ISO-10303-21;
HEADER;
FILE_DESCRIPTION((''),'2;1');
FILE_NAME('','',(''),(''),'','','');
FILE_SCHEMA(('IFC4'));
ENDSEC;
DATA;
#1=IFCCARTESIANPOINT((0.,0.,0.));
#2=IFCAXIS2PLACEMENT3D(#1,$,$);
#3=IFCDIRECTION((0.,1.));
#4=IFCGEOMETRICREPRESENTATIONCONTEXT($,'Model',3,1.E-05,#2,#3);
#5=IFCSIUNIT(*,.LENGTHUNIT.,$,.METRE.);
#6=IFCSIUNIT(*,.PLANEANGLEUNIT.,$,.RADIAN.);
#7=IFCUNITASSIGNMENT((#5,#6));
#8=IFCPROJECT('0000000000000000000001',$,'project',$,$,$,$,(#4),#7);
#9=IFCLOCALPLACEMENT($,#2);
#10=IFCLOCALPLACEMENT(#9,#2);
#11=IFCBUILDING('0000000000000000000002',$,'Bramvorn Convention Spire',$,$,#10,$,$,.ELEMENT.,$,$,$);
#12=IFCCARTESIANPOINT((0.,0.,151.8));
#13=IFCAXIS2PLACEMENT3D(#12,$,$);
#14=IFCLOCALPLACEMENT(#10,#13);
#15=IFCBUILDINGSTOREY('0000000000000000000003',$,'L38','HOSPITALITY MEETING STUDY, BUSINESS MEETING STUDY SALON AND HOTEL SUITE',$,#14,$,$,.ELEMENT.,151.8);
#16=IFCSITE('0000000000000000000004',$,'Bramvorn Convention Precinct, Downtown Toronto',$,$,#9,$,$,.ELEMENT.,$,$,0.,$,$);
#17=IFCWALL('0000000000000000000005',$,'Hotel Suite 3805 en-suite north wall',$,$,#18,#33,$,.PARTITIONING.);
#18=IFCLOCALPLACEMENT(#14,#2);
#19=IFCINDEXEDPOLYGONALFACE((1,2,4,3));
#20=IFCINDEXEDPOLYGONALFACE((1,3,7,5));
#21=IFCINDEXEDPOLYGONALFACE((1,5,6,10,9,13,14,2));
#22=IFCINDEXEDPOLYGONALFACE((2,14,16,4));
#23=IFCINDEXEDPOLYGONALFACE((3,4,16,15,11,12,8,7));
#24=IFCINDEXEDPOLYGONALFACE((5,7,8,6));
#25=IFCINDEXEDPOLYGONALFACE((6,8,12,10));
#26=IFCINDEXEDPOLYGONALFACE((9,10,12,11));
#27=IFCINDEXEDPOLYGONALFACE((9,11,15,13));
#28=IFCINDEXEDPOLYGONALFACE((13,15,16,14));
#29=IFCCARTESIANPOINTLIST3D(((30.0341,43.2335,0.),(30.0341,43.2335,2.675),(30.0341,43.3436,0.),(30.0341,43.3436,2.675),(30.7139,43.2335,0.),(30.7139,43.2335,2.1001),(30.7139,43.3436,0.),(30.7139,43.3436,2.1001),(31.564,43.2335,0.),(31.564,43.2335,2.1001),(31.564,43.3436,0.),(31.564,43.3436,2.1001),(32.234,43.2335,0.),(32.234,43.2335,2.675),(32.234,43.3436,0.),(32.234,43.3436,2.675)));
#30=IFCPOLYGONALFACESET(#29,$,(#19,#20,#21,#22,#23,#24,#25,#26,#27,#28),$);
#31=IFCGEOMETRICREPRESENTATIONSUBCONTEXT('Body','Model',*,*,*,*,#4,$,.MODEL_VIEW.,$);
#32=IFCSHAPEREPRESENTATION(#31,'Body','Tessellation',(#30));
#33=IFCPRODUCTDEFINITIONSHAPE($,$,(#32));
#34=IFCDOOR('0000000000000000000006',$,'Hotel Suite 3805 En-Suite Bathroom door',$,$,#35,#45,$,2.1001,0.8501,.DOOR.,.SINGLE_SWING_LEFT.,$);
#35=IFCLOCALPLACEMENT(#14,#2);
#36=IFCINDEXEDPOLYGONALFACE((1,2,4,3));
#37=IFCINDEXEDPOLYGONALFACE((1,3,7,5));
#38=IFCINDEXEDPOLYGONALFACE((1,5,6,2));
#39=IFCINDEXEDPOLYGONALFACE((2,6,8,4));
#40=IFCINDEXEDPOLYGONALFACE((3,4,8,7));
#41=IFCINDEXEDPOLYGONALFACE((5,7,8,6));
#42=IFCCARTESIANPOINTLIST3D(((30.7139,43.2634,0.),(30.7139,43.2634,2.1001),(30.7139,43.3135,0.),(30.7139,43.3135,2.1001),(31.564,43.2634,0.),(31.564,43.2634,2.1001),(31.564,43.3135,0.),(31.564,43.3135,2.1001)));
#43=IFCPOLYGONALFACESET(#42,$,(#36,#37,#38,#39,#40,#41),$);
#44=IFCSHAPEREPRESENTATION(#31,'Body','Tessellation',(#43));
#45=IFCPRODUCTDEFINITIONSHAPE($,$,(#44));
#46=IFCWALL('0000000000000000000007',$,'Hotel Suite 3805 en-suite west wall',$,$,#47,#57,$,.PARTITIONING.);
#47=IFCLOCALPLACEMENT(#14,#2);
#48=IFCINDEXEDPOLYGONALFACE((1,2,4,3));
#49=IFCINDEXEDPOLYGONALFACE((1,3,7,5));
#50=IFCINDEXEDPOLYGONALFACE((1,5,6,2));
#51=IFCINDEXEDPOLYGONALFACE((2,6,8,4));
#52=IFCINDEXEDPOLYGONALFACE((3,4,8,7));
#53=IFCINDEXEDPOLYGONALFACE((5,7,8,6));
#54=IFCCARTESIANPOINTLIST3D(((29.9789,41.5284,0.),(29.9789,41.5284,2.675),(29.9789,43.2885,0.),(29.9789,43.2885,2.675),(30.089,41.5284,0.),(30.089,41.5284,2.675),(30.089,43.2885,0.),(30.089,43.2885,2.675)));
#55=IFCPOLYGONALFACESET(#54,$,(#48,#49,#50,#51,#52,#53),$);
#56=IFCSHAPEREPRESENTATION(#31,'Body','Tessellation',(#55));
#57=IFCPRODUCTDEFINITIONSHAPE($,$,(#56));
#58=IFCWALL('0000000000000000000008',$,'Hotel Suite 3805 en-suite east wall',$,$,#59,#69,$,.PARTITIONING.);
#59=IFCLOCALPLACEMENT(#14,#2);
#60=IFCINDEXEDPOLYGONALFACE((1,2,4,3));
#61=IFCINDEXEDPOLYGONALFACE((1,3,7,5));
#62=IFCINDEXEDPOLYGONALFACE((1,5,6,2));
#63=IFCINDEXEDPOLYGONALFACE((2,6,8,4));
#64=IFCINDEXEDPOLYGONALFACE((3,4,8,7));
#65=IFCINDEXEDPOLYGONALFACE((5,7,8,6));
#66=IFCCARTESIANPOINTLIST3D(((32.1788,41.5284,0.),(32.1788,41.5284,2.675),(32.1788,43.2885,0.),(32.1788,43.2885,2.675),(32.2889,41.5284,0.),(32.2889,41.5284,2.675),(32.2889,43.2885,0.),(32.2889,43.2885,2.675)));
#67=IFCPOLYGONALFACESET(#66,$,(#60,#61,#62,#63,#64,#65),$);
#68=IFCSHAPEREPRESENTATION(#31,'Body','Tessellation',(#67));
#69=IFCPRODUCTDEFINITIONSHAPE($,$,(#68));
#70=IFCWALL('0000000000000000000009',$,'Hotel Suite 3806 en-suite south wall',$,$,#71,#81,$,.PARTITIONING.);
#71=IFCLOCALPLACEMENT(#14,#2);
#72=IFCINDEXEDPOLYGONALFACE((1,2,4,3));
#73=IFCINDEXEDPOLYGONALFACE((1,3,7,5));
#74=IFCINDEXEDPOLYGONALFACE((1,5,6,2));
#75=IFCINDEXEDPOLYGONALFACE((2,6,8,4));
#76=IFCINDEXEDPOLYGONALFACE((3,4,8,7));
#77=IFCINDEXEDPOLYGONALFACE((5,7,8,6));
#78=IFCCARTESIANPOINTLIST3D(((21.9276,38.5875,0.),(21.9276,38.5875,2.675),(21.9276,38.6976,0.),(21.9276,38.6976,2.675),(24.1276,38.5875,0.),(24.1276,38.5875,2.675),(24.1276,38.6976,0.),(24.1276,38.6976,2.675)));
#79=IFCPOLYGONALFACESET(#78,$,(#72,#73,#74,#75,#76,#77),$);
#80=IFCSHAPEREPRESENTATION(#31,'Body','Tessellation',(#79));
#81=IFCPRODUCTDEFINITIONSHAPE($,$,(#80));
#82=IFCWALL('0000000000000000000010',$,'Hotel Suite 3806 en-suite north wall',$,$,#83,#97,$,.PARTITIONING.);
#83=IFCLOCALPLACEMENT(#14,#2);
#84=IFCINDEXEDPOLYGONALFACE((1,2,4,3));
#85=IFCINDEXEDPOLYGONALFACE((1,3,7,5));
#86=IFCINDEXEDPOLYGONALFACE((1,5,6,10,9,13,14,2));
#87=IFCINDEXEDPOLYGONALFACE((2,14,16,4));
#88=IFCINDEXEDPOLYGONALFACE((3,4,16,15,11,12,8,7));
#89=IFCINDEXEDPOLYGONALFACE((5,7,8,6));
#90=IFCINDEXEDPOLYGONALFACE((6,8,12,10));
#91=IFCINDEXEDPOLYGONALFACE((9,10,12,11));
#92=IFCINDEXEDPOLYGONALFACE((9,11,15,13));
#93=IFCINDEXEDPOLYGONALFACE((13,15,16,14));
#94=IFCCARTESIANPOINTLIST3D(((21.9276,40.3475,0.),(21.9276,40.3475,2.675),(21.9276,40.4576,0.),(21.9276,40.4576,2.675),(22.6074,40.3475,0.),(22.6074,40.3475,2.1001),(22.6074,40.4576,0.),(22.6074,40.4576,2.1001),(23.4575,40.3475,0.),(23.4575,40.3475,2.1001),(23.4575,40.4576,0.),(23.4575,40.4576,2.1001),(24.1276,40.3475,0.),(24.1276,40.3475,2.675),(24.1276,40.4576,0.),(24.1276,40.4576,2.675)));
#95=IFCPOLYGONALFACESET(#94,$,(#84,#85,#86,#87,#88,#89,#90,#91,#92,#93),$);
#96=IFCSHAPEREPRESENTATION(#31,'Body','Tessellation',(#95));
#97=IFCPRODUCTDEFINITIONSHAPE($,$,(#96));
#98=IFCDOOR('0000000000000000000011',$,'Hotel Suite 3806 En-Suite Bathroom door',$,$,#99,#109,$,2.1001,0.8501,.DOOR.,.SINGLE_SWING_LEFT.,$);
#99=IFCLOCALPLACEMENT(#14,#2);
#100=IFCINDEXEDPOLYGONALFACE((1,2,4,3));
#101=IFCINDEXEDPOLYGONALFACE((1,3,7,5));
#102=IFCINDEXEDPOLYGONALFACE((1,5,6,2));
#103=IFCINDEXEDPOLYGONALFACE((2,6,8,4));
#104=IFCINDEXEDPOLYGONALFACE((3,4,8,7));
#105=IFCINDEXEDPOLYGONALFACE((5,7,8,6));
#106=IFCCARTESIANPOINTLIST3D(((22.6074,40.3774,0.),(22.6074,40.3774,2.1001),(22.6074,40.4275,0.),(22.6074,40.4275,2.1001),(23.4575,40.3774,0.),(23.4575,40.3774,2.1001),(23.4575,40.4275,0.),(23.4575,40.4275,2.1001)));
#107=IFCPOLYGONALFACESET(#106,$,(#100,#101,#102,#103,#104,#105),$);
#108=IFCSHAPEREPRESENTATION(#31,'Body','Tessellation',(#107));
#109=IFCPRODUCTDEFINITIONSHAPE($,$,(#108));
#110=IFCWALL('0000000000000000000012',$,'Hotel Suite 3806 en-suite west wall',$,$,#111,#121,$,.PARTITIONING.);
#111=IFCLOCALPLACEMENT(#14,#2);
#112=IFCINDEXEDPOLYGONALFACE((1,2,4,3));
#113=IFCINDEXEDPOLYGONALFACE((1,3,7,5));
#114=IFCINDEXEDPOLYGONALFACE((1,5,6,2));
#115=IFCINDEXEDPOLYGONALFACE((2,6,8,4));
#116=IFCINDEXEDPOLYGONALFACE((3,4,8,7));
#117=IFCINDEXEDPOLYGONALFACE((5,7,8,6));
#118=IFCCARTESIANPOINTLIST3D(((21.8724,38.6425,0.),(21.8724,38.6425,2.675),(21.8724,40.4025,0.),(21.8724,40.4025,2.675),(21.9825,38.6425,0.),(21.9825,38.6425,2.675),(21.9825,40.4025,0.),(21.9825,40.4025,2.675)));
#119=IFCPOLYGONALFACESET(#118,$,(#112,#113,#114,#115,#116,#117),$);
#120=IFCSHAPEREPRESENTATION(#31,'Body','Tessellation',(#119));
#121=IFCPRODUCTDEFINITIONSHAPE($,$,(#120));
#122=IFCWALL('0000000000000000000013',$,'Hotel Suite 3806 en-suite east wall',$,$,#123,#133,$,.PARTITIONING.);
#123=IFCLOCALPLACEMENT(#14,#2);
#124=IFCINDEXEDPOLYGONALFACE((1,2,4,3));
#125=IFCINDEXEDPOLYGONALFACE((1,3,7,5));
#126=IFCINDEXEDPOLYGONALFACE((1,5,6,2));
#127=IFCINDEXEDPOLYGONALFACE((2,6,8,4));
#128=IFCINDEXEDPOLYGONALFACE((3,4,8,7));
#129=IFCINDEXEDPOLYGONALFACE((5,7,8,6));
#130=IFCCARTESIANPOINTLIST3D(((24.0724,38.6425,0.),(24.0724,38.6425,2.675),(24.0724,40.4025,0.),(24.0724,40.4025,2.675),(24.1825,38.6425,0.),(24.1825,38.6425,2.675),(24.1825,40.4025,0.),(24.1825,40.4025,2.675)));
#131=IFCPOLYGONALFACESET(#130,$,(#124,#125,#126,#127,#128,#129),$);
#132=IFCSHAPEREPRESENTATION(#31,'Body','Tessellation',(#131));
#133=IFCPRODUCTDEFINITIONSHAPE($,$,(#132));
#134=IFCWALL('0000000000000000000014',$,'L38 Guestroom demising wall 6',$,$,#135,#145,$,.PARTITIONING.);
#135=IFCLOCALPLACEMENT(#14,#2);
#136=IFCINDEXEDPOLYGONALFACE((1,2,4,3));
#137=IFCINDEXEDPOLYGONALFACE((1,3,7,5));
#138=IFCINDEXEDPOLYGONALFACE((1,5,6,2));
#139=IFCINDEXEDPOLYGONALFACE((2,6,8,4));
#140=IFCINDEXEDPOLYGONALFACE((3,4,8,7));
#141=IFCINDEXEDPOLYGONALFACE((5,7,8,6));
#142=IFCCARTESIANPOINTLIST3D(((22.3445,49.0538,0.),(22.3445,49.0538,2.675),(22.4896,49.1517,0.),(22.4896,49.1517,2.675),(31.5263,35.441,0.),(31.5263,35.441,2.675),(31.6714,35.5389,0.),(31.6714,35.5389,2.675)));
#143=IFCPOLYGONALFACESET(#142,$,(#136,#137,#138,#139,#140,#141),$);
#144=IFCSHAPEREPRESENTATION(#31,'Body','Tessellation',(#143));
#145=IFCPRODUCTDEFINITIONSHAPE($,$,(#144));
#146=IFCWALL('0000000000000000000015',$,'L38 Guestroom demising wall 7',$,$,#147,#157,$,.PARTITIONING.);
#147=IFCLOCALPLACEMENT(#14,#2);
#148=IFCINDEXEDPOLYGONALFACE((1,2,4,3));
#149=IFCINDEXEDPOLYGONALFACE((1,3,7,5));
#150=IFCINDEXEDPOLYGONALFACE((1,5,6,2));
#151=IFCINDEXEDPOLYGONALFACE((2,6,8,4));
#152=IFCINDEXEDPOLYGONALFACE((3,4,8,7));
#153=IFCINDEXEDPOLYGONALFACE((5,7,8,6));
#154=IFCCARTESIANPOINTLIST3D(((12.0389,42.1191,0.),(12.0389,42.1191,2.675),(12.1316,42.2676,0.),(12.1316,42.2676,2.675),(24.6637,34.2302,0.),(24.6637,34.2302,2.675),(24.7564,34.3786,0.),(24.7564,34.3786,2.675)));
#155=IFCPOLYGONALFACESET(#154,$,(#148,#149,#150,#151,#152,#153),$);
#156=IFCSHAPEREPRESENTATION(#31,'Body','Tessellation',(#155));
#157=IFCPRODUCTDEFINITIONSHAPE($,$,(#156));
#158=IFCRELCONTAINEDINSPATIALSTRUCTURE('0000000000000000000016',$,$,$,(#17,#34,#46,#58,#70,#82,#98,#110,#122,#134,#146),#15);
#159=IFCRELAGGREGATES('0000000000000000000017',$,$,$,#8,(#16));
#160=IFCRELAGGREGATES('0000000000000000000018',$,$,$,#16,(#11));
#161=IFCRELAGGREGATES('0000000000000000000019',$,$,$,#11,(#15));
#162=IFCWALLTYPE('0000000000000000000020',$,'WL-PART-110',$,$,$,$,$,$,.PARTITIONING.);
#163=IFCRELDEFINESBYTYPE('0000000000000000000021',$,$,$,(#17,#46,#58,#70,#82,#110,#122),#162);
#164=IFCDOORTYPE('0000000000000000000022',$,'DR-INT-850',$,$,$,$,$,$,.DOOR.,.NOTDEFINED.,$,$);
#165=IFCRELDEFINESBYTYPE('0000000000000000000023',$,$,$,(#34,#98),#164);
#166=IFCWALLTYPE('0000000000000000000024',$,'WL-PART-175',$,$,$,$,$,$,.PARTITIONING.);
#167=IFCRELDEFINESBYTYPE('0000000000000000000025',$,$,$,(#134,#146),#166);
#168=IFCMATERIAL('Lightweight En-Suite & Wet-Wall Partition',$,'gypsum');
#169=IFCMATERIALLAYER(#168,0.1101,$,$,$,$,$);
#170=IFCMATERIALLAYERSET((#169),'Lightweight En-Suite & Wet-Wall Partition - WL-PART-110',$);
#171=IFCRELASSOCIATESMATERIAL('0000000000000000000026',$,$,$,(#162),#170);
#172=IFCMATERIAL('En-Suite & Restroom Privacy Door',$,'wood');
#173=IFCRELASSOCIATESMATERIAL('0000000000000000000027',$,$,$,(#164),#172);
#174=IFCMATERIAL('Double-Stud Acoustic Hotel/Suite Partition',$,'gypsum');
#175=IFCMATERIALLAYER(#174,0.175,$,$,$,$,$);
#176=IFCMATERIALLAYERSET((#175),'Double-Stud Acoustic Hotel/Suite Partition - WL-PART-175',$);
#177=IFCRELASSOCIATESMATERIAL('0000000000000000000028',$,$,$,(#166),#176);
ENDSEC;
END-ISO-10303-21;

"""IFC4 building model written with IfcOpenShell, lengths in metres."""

from ifc_helpers import new_model, si_unit, direction, frame, frame_2d, origin, place, context, subcontext, project, spatial, rectangle, extrude, material, layer, layer_set, type_object, element, fill, save


model = new_model("IFC4")

# Units and contexts
model_context = context("Model", 3, precision=1e-05, world=origin(), true_north=direction((0.0, 1.0)))
body_context = subcontext(model_context, "Body", "Model", "MODEL_VIEW")
ifc_project = project(units=[si_unit("LENGTHUNIT", "METRE"), si_unit("PLANEANGLEUNIT", "RADIAN")], contexts=[model_context])

# Site, building, storey
site_placement = place(None, origin())
site = spatial("IfcSite", under=ifc_project, at=site_placement, Name="Bramvorn Convention Precinct, Downtown Toronto", CompositionType="ELEMENT", RefElevation=0.0)
building_placement = place(site_placement, origin())
building = spatial("IfcBuilding", under=site, at=building_placement, Name="Bramvorn Convention Spire", CompositionType="ELEMENT")
storey_placement = place(building_placement, frame((0.0, 0.0, 151.8)))
storey = spatial("IfcBuildingStorey", under=building, at=storey_placement, Name="L38", Description="HOSPITALITY MEETING STUDY, BUSINESS MEETING STUDY SALON AND HOTEL SUITE", CompositionType="ELEMENT", Elevation=151.8)

# Shared definitions
ifc_material_1 = material(Name="Lightweight En-Suite & Wet-Wall Partition", Category="gypsum")
ifc_layer_1 = layer(ifc_material_1, 0.1101)
ifc_layer_set_1 = layer_set([ifc_layer_1], Name="Lightweight En-Suite & Wet-Wall Partition - WL-PART-110")
wall_type_1 = type_object("IfcWallType", Name="WL-PART-110", PredefinedType="PARTITIONING", material=ifc_layer_set_1)

# Wall, opening, door
wall_1_placement = place(storey_placement, frame((30.0339, 43.2886, 0.0), z_axis=(0.0, 0.0, 1.0), x_axis=(1.0, 0.0, 0.0)))
wall_1 = element("IfcWall", 1, at=wall_1_placement, inside=storey, type_object=wall_type_1, Name="Hotel Suite 3805 en-suite north wall", PredefinedType="PARTITIONING", context=body_context, shape_type="SweptSolid", body=[
    extrude(rectangle(XDim=2.2, YDim=0.1101, at=frame_2d((1.1001, 0.0))), origin(), (0.0, 0.0, 1.0), 2.675),
])
opening_1_placement = place(wall_1_placement, frame((0.6799, 0.0, 0.0)))
opening_1 = element("IfcOpeningElement", 2, at=opening_1_placement, cuts=wall_1, PredefinedType="OPENING", context=body_context, shape_type="SweptSolid", body=[
    extrude(rectangle(XDim=0.8501, YDim=2.1001, at=frame_2d((0.425, 1.05))), frame((0.0, 0.0649, 0.0), z_axis=(0.0, -1.0, 0.0), x_axis=(1.0, 0.0, 0.0)), (0.0, 0.0, 1.0), 0.1301),
])
ifc_material_2 = material(Name="En-Suite & Restroom Privacy Door", Category="wood")
door_type_1 = type_object("IfcDoorType", Name="DR-INT-850", OperationType="NOTDEFINED", PredefinedType="DOOR", material=ifc_material_2)
door_1_placement = place(opening_1_placement, origin())
door_1 = element("IfcDoor", 3, at=door_1_placement, inside=storey, type_object=door_type_1, Name="Hotel Suite 3805 En-Suite Bathroom door", OperationType="SINGLE_SWING_LEFT", OverallHeight=2.1001, OverallWidth=0.8501, PredefinedType="DOOR", context=body_context, shape_type="SweptSolid", body=[
    extrude(rectangle(XDim=0.8501, YDim=2.1001, at=frame_2d((0.425, 1.05))), frame((0.0, 0.0249, 0.0), z_axis=(0.0, -1.0, 0.0), x_axis=(1.0, 0.0, 0.0)), (0.0, 0.0, 1.0), 0.05),
])
fill(opening_1, door_1)

# Walls
for number, where, z_axis, x_axis, name in (
    (4, (30.0339, 41.5286, 0.0), (0.0, 0.0, 1.0), (0.0, 1.0, 0.0), "Hotel Suite 3805 en-suite west wall"),
    (5, (32.2339, 41.5286, 0.0), (0.0, 0.0, 1.0), (0.0, 1.0, 0.0), "Hotel Suite 3805 en-suite east wall"),
):
    element("IfcWall", number, at=place(storey_placement, frame(where, z_axis=z_axis, x_axis=x_axis)), inside=storey, type_object=wall_type_1, Name=name, PredefinedType="PARTITIONING", context=body_context, shape_type="SweptSolid", body=[
        extrude(rectangle(XDim=1.76, YDim=0.1101, at=frame_2d((0.8799, 0.0))), origin(), (0.0, 0.0, 1.0), 2.675),
    ])
wall_2_placement = place(storey_placement, frame((21.9275, 38.6426, 0.0), z_axis=(0.0, 0.0, 1.0), x_axis=(1.0, 0.0, 0.0)))
element("IfcWall", 6, at=wall_2_placement, inside=storey, type_object=wall_type_1, Name="Hotel Suite 3806 en-suite south wall", PredefinedType="PARTITIONING", context=body_context, shape_type="SweptSolid", body=[
    extrude(rectangle(XDim=2.2, YDim=0.1101, at=frame_2d((1.1001, 0.0))), origin(), (0.0, 0.0, 1.0), 2.675),
])

# Wall, opening, door
wall_3_placement = place(storey_placement, frame((21.9275, 40.4026, 0.0), z_axis=(0.0, 0.0, 1.0), x_axis=(1.0, 0.0, 0.0)))
wall_3 = element("IfcWall", 7, at=wall_3_placement, inside=storey, type_object=wall_type_1, Name="Hotel Suite 3806 en-suite north wall", PredefinedType="PARTITIONING", context=body_context, shape_type="SweptSolid", body=[
    extrude(rectangle(XDim=2.2, YDim=0.1101, at=frame_2d((1.1001, 0.0))), origin(), (0.0, 0.0, 1.0), 2.675),
])
opening_2_placement = place(wall_3_placement, frame((0.6799, 0.0, 0.0)))
opening_2 = element("IfcOpeningElement", 8, at=opening_2_placement, cuts=wall_3, PredefinedType="OPENING", context=body_context, shape_type="SweptSolid", body=[
    extrude(rectangle(XDim=0.8501, YDim=2.1001, at=frame_2d((0.425, 1.05))), frame((0.0, 0.0649, 0.0), z_axis=(0.0, -1.0, 0.0), x_axis=(1.0, 0.0, 0.0)), (0.0, 0.0, 1.0), 0.1301),
])
door_2_placement = place(opening_2_placement, origin())
door_2 = element("IfcDoor", 9, at=door_2_placement, inside=storey, type_object=door_type_1, Name="Hotel Suite 3806 En-Suite Bathroom door", OperationType="SINGLE_SWING_LEFT", OverallHeight=2.1001, OverallWidth=0.8501, PredefinedType="DOOR", context=body_context, shape_type="SweptSolid", body=[
    extrude(rectangle(XDim=0.8501, YDim=2.1001, at=frame_2d((0.425, 1.05))), frame((0.0, 0.0249, 0.0), z_axis=(0.0, -1.0, 0.0), x_axis=(1.0, 0.0, 0.0)), (0.0, 0.0, 1.0), 0.05),
])
fill(opening_2, door_2)

# Walls
for number, where, z_axis, x_axis, name in (
    (10, (21.9275, 38.6426, 0.0), (0.0, 0.0, 1.0), (0.0, 1.0, 0.0), "Hotel Suite 3806 en-suite west wall"),
    (11, (24.1274, 38.6426, 0.0), (0.0, 0.0, 1.0), (0.0, 1.0, 0.0), "Hotel Suite 3806 en-suite east wall"),
):
    element("IfcWall", number, at=place(storey_placement, frame(where, z_axis=z_axis, x_axis=x_axis)), inside=storey, type_object=wall_type_1, Name=name, PredefinedType="PARTITIONING", context=body_context, shape_type="SweptSolid", body=[
        extrude(rectangle(XDim=1.76, YDim=0.1101, at=frame_2d((0.8799, 0.0))), origin(), (0.0, 0.0, 1.0), 2.675),
    ])

# Walls
ifc_material_3 = material(Name="Double-Stud Acoustic Hotel/Suite Partition", Category="gypsum")
ifc_layer_2 = layer(ifc_material_3, 0.175)
ifc_layer_set_2 = layer_set([ifc_layer_2], Name="Double-Stud Acoustic Hotel/Suite Partition - WL-PART-175")
wall_type_2 = type_object("IfcWallType", Name="WL-PART-175", PredefinedType="PARTITIONING", material=ifc_layer_set_2)
wall_4_placement = place(storey_placement, frame((31.5989, 35.49, 0.0), z_axis=(0.0, 0.0, 1.0), x_axis=(-0.55919, 0.829039, 0.0)))
element("IfcWall", 12, at=wall_4_placement, inside=storey, type_object=wall_type_2, Name="L38 Guestroom demising wall 6", PredefinedType="PARTITIONING", context=body_context, shape_type="SweptSolid", body=[
    extrude(rectangle(XDim=16.4199, YDim=0.175, at=frame_2d((8.21, 0.0))), origin(), (0.0, 0.0, 1.0), 2.675),
])
wall_5_placement = place(storey_placement, frame((24.71, 34.3044, 0.0), z_axis=(0.0, 0.0, 1.0), x_axis=(-0.848045, 0.529924, 0.0)))
element("IfcWall", 13, at=wall_5_placement, inside=storey, type_object=wall_type_2, Name="L38 Guestroom demising wall 7", PredefinedType="PARTITIONING", context=body_context, shape_type="SweptSolid", body=[
    extrude(rectangle(XDim=14.887, YDim=0.175, at=frame_2d((7.4434, 0.0))), origin(), (0.0, 0.0, 1.0), 2.675),
])

save(model, "model.ifc")
